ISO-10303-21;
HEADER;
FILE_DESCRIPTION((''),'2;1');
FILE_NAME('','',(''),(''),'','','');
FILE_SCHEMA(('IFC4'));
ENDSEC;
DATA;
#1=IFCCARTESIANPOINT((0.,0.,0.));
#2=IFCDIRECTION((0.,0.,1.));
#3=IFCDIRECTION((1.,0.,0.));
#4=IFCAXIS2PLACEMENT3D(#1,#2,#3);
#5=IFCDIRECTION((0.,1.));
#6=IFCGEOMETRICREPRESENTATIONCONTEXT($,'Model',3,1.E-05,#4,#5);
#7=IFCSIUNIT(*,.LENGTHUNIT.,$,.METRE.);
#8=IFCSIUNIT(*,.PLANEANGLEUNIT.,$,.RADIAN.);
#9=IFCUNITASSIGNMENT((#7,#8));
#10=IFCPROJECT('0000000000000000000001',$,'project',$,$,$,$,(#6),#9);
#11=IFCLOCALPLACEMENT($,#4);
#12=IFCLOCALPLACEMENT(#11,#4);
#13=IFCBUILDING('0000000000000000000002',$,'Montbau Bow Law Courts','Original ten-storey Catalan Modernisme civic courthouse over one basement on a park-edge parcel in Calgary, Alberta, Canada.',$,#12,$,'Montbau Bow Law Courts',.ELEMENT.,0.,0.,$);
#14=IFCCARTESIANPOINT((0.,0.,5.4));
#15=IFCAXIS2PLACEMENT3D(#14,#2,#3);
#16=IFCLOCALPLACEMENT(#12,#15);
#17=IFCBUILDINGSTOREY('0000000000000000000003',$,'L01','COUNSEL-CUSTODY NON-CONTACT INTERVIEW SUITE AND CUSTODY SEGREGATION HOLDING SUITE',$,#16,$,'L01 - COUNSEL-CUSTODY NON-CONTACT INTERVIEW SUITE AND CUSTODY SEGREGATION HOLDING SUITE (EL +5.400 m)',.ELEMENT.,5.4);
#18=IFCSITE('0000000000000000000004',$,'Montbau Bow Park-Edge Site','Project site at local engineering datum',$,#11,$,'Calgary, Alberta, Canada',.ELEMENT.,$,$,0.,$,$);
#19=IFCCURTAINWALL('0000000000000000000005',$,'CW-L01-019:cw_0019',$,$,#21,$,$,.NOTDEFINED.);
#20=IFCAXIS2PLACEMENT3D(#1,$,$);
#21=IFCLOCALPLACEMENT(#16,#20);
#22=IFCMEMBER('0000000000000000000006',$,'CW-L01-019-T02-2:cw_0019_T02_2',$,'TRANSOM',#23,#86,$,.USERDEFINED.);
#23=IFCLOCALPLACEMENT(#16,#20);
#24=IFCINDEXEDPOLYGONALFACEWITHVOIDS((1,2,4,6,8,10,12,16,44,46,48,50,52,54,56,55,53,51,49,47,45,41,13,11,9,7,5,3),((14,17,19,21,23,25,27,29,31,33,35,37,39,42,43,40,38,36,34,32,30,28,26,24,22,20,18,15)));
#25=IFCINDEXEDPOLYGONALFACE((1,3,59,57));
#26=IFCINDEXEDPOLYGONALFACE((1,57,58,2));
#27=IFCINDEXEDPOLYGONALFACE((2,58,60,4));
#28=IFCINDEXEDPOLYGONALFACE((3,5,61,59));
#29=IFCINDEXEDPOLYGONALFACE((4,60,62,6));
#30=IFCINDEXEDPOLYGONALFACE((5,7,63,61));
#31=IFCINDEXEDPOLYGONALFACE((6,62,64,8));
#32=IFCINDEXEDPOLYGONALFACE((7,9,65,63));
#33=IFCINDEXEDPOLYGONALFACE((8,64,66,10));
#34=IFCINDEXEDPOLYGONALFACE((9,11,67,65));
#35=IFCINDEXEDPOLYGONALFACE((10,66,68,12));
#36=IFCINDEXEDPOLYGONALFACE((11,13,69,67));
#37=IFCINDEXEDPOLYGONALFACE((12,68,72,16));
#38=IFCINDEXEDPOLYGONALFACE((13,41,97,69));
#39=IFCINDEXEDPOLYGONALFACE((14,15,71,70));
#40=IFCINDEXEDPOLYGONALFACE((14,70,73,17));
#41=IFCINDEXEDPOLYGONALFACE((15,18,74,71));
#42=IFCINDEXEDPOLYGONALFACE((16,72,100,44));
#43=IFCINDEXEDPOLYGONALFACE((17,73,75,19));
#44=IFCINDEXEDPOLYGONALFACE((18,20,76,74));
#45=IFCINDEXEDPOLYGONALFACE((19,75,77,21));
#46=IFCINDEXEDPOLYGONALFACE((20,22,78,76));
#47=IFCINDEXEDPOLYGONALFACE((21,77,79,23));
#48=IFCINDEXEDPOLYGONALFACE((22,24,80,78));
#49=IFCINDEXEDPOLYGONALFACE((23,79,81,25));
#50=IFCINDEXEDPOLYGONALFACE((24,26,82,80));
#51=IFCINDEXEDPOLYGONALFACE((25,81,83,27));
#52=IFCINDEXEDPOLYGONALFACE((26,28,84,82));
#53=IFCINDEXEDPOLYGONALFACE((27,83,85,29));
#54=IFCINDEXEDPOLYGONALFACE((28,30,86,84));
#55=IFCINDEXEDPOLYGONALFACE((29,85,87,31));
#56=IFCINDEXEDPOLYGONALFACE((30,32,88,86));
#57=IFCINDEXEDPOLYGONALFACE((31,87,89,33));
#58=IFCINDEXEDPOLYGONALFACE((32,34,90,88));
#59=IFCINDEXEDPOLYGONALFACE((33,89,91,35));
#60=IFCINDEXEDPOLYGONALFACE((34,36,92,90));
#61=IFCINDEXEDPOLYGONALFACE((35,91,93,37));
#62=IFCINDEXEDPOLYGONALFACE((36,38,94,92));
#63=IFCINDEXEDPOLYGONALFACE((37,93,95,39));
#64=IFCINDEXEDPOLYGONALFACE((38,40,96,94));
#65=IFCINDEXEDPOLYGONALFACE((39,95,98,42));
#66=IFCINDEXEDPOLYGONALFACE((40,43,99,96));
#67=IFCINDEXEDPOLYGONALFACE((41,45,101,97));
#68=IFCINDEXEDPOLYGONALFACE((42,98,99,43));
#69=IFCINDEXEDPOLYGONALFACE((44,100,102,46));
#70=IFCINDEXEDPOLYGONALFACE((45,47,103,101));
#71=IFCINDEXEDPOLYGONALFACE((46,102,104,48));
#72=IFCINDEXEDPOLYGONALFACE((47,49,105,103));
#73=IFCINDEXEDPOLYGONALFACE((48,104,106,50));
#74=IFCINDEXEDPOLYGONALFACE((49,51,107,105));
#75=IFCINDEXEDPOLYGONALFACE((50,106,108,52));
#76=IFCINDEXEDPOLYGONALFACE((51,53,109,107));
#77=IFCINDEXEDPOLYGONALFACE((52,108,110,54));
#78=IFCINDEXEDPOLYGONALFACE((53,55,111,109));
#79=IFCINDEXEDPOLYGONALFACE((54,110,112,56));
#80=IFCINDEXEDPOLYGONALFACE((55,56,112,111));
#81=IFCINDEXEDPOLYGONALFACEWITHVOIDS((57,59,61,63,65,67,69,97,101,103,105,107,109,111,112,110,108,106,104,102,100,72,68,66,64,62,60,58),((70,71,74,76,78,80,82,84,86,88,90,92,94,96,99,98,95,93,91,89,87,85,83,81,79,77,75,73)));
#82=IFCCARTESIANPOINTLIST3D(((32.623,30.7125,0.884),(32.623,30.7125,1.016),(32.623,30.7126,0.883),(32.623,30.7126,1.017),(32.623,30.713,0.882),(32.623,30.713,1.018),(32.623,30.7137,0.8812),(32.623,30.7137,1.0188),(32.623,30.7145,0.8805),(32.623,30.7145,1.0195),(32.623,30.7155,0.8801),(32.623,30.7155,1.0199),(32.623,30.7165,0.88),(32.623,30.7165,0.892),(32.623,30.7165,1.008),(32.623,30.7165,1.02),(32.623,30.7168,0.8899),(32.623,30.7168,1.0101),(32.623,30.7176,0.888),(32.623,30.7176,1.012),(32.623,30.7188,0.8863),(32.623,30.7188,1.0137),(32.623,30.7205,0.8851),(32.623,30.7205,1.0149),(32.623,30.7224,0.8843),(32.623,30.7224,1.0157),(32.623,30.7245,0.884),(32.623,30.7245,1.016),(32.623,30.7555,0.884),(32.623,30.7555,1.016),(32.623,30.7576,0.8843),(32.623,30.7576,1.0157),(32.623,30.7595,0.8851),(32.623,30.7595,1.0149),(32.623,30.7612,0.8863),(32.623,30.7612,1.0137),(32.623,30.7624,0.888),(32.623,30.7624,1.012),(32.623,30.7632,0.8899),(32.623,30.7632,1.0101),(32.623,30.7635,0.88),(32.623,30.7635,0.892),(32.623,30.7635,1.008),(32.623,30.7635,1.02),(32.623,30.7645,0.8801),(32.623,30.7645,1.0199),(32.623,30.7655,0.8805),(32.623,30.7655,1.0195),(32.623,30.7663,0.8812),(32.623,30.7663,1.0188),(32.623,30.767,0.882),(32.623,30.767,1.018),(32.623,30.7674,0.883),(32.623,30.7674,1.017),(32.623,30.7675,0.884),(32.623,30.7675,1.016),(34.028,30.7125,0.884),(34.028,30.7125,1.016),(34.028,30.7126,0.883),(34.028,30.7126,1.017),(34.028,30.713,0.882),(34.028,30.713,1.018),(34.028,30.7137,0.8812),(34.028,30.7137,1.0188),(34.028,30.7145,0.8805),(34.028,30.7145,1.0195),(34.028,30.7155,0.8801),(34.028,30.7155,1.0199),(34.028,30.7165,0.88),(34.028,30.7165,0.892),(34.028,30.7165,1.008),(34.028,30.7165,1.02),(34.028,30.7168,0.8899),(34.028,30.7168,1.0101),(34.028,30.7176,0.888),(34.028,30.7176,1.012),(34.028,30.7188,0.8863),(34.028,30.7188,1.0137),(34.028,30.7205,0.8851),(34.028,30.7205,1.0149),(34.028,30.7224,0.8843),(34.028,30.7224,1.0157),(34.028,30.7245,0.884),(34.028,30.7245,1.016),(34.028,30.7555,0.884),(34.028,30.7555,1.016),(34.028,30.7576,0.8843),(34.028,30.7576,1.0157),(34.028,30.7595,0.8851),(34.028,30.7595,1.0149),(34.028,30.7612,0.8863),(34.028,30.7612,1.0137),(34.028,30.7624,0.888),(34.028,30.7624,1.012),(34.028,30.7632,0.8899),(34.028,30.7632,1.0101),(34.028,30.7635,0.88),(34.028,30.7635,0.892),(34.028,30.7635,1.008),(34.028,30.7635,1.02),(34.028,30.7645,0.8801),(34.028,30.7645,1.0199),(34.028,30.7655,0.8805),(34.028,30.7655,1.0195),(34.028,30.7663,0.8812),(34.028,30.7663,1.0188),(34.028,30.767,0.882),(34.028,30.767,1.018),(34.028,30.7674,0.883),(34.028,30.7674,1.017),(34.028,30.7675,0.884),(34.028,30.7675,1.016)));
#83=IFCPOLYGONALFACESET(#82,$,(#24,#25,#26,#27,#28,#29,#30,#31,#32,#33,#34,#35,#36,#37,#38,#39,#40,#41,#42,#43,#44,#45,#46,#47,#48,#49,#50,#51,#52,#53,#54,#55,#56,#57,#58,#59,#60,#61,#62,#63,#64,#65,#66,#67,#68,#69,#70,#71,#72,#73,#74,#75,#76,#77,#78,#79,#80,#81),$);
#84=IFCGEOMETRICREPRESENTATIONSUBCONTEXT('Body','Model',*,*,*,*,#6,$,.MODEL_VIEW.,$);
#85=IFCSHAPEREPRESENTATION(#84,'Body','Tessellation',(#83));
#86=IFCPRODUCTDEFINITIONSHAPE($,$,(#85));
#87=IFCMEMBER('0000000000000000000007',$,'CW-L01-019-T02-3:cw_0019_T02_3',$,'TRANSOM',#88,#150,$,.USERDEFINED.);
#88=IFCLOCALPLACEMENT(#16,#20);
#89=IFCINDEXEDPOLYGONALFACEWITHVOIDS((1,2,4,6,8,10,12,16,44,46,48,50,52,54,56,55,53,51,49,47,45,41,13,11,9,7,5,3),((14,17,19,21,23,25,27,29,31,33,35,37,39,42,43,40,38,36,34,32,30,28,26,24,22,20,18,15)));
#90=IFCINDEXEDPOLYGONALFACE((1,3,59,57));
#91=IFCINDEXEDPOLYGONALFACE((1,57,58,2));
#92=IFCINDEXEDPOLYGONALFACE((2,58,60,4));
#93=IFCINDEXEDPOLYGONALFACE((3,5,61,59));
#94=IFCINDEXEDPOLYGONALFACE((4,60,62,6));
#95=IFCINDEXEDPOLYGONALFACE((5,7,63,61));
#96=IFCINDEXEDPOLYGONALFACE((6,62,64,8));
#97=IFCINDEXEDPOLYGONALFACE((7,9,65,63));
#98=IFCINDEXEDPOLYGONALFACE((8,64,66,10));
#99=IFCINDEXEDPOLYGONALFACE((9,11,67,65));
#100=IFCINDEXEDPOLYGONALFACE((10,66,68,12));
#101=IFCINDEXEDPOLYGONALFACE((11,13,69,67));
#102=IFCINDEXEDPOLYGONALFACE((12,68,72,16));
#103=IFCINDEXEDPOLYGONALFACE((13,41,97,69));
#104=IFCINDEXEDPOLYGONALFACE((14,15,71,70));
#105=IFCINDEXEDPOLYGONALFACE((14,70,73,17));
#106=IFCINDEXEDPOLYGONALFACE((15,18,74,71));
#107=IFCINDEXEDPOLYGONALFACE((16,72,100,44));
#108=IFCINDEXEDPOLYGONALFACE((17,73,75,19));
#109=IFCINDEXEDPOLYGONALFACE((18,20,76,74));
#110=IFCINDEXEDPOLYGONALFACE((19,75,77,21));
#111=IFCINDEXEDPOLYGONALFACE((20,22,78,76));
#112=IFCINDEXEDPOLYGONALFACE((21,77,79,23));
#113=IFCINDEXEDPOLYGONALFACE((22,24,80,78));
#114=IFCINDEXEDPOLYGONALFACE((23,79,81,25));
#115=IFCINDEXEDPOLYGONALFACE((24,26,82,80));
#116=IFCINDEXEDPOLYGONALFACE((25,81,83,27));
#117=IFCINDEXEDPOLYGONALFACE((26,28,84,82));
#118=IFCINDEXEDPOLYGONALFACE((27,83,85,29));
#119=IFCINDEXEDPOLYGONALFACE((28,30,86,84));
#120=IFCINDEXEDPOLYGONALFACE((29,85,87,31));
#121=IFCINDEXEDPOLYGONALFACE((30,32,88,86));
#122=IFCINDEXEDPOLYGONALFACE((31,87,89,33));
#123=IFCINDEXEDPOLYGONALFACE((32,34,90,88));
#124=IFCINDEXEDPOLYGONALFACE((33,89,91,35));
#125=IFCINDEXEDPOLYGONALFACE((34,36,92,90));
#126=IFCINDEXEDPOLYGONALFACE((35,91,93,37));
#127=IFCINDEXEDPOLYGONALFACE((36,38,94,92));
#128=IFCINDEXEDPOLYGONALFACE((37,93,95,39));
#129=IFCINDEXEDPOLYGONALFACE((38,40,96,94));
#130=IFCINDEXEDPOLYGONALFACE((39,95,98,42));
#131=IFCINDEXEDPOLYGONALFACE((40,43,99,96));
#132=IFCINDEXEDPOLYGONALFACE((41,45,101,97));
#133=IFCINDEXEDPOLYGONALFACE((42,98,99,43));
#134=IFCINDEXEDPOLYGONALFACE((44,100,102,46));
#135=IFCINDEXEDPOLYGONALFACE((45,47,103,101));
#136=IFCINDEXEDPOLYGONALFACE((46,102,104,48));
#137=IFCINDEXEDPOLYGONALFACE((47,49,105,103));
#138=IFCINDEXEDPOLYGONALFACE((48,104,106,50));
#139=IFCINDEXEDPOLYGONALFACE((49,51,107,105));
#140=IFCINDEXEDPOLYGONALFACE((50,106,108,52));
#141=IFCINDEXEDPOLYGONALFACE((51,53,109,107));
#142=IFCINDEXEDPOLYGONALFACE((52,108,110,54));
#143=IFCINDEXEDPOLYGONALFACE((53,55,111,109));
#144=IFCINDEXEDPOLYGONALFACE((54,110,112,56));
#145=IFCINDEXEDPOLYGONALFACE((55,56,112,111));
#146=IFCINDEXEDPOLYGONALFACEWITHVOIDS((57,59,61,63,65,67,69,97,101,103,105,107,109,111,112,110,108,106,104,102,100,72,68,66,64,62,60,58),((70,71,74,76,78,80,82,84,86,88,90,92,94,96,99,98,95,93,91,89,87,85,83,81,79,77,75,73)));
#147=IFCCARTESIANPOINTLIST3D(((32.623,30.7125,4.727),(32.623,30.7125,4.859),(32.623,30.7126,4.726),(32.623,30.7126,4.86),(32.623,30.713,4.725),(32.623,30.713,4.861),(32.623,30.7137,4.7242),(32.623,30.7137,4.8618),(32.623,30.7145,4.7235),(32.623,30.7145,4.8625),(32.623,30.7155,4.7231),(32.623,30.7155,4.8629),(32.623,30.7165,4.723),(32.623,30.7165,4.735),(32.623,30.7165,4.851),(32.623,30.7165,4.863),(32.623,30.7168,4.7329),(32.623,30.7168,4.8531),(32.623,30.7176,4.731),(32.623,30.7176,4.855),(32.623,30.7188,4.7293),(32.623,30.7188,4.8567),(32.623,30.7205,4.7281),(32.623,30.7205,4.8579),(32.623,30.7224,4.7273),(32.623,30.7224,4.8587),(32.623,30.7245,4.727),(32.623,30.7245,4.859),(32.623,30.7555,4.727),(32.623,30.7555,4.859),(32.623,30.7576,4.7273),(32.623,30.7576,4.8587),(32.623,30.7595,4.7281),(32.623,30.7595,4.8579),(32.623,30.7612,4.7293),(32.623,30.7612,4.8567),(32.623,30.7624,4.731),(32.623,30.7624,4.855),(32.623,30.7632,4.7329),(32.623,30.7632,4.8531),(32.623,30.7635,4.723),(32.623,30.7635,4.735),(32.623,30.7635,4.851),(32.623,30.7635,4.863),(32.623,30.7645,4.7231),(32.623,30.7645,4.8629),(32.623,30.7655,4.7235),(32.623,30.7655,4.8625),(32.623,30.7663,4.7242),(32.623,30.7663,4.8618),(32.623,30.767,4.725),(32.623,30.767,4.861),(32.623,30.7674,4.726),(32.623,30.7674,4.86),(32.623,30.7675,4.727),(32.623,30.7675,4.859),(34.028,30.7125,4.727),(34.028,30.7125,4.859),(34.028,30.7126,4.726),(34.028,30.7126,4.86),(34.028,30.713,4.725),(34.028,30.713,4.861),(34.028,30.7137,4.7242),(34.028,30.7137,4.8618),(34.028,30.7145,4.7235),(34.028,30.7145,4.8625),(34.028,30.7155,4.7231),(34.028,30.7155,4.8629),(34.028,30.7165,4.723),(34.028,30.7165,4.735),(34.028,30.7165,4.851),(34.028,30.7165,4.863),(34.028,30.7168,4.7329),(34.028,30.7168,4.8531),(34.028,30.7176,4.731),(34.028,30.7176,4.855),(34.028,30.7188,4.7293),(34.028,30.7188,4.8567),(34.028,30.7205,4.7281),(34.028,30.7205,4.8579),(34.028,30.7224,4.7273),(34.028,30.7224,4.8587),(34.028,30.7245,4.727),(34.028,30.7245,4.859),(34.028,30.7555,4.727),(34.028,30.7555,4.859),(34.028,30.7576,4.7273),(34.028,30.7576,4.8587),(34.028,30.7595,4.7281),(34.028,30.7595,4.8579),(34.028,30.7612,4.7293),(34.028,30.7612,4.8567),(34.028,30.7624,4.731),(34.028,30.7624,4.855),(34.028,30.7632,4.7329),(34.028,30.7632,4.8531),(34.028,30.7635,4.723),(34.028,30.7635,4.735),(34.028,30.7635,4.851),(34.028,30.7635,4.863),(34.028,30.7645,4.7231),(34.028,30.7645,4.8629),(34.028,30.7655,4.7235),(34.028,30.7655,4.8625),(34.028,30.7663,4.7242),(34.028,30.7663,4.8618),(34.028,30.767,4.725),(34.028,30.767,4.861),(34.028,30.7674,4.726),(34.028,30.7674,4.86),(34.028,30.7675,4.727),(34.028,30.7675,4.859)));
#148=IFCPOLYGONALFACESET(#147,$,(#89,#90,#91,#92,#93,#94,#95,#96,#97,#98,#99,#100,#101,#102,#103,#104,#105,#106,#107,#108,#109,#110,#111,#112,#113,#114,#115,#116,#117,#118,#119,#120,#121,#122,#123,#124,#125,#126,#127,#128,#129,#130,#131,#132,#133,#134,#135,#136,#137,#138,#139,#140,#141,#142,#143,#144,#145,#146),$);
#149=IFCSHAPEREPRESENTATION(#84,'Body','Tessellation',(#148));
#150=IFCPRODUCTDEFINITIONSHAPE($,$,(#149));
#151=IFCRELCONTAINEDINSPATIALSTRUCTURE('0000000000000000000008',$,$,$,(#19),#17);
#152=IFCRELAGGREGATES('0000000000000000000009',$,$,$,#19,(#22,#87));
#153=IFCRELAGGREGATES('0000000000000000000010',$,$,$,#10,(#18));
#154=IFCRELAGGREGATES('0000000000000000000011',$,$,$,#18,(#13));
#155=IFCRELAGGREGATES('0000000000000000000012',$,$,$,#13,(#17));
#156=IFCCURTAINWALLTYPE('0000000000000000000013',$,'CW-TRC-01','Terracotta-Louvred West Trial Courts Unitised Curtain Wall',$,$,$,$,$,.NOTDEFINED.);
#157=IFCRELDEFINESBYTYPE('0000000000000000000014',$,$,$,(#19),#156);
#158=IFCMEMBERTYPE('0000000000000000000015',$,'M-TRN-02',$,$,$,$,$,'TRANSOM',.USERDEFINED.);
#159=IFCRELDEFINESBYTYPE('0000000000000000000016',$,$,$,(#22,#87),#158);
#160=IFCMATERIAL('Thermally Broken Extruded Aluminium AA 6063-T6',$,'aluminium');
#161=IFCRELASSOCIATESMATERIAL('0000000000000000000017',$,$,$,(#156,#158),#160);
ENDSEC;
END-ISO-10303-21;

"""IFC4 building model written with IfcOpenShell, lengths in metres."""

from ifc_helpers import new_model, si_unit, direction, frame, origin_with_axes, origin_2d_with_axis, place, context, subcontext, project, spatial, hollow_rectangle, extrude, material, material_profile, profile_set, type_object, element, aggregate, save


model = new_model("IFC4")

# Units and contexts
model_context = context("Model", 3, precision=1e-05, world=origin_with_axes(), true_north=direction((0.0, 1.0)))
body_context = subcontext(model_context, "Body", "Model", "MODEL_VIEW")
ifc_project = project(units=[si_unit("LENGTHUNIT", "METRE"), si_unit("PLANEANGLEUNIT", "RADIAN")], contexts=[model_context])

# Site, building, storey
site_placement = place(None, origin_with_axes())
site = spatial("IfcSite", under=ifc_project, at=site_placement, Name="Montbau Bow Park-Edge Site", Description="Project site at local engineering datum", LongName="Calgary, Alberta, Canada", CompositionType="ELEMENT", RefElevation=0.0)
building_placement = place(site_placement, origin_with_axes())
building = spatial("IfcBuilding", under=site, at=building_placement, Name="Montbau Bow Law Courts", Description="Original ten-storey Catalan Modernisme civic courthouse over one basement on a park-edge parcel in Calgary, Alberta, Canada.", LongName="Montbau Bow Law Courts", CompositionType="ELEMENT", ElevationOfRefHeight=0.0, ElevationOfTerrain=0.0)
storey_placement = place(building_placement, frame((0.0, 0.0, 5.4), z_axis=(0.0, 0.0, 1.0), x_axis=(1.0, 0.0, 0.0)))
storey = spatial("IfcBuildingStorey", under=building, at=storey_placement, Name="L01", Description="COUNSEL-CUSTODY NON-CONTACT INTERVIEW SUITE AND CUSTODY SEGREGATION HOLDING SUITE", LongName="L01 - COUNSEL-CUSTODY NON-CONTACT INTERVIEW SUITE AND CUSTODY SEGREGATION HOLDING SUITE (EL +5.400 m)", CompositionType="ELEMENT", Elevation=5.4)

# Curtain wall
ifc_material_1 = material(Name="Thermally Broken Extruded Aluminium AA 6063-T6", Category="aluminium")
curtain_wall_type = type_object("IfcCurtainWallType", Name="CW-TRC-01", Description="Terracotta-Louvred West Trial Courts Unitised Curtain Wall", PredefinedType="NOTDEFINED", material=ifc_material_1)
curtain_wall_1_placement = place(None, frame((31.115, 30.74, 5.4), z_axis=(0.0, 0.0, 1.0), x_axis=(1.0, 0.0, 0.0)))
curtain_wall_1 = element("IfcCurtainWall", 1, at=curtain_wall_1_placement, inside=storey, type_object=curtain_wall_type, Name="CW-L01-019:cw_0019", PredefinedType="NOTDEFINED")

# Members
ifc_material_profile_1 = material_profile(ifc_material_1, hollow_rectangle(XDim=0.055, YDim=0.14, WallThickness=0.004, InnerFilletRadius=0.008, OuterFilletRadius=0.004, at=origin_2d_with_axis()), Name="CWT-140X55", Category="Main", Priority=0)
ifc_profile_set_1 = profile_set([ifc_material_profile_1], Name="Thermally Broken Extruded Aluminium AA 6063-T6")
member_type_1 = type_object("IfcMemberType", Name="M-TRN-02", ElementType="TRANSOM", PredefinedType="USERDEFINED", material=ifc_profile_set_1)
member_1_placement = place(None, frame((32.623, 30.74, 6.35), z_axis=(1.0, 0.0, 0.0), x_axis=(0.0, 1.0, 0.0)))
member_1 = element("IfcMember", 2, at=member_1_placement, type_object=member_type_1, Name="CW-L01-019-T02-2:cw_0019_T02_2", ObjectType="TRANSOM", PredefinedType="USERDEFINED", context=body_context, shape_type="SweptSolid", body=[
    extrude(hollow_rectangle(XDim=0.055, YDim=0.14, WallThickness=0.004, InnerFilletRadius=0.008, OuterFilletRadius=0.004, at=origin_2d_with_axis()), origin_with_axes(), (0.0, 0.0, 1.0), 1.405),
])
member_2_placement = place(None, frame((32.623, 30.74, 10.193), z_axis=(1.0, 0.0, 0.0), x_axis=(0.0, 1.0, 0.0)))
member_2 = element("IfcMember", 3, at=member_2_placement, type_object=member_type_1, Name="CW-L01-019-T02-3:cw_0019_T02_3", ObjectType="TRANSOM", PredefinedType="USERDEFINED", context=body_context, shape_type="SweptSolid", body=[
    extrude(hollow_rectangle(XDim=0.055, YDim=0.14, WallThickness=0.004, InnerFilletRadius=0.008, OuterFilletRadius=0.004, at=origin_2d_with_axis()), origin_with_axes(), (0.0, 0.0, 1.0), 1.405),
])

aggregate(curtain_wall_1, [member_1, member_2])

save(model, "model.ifc")
